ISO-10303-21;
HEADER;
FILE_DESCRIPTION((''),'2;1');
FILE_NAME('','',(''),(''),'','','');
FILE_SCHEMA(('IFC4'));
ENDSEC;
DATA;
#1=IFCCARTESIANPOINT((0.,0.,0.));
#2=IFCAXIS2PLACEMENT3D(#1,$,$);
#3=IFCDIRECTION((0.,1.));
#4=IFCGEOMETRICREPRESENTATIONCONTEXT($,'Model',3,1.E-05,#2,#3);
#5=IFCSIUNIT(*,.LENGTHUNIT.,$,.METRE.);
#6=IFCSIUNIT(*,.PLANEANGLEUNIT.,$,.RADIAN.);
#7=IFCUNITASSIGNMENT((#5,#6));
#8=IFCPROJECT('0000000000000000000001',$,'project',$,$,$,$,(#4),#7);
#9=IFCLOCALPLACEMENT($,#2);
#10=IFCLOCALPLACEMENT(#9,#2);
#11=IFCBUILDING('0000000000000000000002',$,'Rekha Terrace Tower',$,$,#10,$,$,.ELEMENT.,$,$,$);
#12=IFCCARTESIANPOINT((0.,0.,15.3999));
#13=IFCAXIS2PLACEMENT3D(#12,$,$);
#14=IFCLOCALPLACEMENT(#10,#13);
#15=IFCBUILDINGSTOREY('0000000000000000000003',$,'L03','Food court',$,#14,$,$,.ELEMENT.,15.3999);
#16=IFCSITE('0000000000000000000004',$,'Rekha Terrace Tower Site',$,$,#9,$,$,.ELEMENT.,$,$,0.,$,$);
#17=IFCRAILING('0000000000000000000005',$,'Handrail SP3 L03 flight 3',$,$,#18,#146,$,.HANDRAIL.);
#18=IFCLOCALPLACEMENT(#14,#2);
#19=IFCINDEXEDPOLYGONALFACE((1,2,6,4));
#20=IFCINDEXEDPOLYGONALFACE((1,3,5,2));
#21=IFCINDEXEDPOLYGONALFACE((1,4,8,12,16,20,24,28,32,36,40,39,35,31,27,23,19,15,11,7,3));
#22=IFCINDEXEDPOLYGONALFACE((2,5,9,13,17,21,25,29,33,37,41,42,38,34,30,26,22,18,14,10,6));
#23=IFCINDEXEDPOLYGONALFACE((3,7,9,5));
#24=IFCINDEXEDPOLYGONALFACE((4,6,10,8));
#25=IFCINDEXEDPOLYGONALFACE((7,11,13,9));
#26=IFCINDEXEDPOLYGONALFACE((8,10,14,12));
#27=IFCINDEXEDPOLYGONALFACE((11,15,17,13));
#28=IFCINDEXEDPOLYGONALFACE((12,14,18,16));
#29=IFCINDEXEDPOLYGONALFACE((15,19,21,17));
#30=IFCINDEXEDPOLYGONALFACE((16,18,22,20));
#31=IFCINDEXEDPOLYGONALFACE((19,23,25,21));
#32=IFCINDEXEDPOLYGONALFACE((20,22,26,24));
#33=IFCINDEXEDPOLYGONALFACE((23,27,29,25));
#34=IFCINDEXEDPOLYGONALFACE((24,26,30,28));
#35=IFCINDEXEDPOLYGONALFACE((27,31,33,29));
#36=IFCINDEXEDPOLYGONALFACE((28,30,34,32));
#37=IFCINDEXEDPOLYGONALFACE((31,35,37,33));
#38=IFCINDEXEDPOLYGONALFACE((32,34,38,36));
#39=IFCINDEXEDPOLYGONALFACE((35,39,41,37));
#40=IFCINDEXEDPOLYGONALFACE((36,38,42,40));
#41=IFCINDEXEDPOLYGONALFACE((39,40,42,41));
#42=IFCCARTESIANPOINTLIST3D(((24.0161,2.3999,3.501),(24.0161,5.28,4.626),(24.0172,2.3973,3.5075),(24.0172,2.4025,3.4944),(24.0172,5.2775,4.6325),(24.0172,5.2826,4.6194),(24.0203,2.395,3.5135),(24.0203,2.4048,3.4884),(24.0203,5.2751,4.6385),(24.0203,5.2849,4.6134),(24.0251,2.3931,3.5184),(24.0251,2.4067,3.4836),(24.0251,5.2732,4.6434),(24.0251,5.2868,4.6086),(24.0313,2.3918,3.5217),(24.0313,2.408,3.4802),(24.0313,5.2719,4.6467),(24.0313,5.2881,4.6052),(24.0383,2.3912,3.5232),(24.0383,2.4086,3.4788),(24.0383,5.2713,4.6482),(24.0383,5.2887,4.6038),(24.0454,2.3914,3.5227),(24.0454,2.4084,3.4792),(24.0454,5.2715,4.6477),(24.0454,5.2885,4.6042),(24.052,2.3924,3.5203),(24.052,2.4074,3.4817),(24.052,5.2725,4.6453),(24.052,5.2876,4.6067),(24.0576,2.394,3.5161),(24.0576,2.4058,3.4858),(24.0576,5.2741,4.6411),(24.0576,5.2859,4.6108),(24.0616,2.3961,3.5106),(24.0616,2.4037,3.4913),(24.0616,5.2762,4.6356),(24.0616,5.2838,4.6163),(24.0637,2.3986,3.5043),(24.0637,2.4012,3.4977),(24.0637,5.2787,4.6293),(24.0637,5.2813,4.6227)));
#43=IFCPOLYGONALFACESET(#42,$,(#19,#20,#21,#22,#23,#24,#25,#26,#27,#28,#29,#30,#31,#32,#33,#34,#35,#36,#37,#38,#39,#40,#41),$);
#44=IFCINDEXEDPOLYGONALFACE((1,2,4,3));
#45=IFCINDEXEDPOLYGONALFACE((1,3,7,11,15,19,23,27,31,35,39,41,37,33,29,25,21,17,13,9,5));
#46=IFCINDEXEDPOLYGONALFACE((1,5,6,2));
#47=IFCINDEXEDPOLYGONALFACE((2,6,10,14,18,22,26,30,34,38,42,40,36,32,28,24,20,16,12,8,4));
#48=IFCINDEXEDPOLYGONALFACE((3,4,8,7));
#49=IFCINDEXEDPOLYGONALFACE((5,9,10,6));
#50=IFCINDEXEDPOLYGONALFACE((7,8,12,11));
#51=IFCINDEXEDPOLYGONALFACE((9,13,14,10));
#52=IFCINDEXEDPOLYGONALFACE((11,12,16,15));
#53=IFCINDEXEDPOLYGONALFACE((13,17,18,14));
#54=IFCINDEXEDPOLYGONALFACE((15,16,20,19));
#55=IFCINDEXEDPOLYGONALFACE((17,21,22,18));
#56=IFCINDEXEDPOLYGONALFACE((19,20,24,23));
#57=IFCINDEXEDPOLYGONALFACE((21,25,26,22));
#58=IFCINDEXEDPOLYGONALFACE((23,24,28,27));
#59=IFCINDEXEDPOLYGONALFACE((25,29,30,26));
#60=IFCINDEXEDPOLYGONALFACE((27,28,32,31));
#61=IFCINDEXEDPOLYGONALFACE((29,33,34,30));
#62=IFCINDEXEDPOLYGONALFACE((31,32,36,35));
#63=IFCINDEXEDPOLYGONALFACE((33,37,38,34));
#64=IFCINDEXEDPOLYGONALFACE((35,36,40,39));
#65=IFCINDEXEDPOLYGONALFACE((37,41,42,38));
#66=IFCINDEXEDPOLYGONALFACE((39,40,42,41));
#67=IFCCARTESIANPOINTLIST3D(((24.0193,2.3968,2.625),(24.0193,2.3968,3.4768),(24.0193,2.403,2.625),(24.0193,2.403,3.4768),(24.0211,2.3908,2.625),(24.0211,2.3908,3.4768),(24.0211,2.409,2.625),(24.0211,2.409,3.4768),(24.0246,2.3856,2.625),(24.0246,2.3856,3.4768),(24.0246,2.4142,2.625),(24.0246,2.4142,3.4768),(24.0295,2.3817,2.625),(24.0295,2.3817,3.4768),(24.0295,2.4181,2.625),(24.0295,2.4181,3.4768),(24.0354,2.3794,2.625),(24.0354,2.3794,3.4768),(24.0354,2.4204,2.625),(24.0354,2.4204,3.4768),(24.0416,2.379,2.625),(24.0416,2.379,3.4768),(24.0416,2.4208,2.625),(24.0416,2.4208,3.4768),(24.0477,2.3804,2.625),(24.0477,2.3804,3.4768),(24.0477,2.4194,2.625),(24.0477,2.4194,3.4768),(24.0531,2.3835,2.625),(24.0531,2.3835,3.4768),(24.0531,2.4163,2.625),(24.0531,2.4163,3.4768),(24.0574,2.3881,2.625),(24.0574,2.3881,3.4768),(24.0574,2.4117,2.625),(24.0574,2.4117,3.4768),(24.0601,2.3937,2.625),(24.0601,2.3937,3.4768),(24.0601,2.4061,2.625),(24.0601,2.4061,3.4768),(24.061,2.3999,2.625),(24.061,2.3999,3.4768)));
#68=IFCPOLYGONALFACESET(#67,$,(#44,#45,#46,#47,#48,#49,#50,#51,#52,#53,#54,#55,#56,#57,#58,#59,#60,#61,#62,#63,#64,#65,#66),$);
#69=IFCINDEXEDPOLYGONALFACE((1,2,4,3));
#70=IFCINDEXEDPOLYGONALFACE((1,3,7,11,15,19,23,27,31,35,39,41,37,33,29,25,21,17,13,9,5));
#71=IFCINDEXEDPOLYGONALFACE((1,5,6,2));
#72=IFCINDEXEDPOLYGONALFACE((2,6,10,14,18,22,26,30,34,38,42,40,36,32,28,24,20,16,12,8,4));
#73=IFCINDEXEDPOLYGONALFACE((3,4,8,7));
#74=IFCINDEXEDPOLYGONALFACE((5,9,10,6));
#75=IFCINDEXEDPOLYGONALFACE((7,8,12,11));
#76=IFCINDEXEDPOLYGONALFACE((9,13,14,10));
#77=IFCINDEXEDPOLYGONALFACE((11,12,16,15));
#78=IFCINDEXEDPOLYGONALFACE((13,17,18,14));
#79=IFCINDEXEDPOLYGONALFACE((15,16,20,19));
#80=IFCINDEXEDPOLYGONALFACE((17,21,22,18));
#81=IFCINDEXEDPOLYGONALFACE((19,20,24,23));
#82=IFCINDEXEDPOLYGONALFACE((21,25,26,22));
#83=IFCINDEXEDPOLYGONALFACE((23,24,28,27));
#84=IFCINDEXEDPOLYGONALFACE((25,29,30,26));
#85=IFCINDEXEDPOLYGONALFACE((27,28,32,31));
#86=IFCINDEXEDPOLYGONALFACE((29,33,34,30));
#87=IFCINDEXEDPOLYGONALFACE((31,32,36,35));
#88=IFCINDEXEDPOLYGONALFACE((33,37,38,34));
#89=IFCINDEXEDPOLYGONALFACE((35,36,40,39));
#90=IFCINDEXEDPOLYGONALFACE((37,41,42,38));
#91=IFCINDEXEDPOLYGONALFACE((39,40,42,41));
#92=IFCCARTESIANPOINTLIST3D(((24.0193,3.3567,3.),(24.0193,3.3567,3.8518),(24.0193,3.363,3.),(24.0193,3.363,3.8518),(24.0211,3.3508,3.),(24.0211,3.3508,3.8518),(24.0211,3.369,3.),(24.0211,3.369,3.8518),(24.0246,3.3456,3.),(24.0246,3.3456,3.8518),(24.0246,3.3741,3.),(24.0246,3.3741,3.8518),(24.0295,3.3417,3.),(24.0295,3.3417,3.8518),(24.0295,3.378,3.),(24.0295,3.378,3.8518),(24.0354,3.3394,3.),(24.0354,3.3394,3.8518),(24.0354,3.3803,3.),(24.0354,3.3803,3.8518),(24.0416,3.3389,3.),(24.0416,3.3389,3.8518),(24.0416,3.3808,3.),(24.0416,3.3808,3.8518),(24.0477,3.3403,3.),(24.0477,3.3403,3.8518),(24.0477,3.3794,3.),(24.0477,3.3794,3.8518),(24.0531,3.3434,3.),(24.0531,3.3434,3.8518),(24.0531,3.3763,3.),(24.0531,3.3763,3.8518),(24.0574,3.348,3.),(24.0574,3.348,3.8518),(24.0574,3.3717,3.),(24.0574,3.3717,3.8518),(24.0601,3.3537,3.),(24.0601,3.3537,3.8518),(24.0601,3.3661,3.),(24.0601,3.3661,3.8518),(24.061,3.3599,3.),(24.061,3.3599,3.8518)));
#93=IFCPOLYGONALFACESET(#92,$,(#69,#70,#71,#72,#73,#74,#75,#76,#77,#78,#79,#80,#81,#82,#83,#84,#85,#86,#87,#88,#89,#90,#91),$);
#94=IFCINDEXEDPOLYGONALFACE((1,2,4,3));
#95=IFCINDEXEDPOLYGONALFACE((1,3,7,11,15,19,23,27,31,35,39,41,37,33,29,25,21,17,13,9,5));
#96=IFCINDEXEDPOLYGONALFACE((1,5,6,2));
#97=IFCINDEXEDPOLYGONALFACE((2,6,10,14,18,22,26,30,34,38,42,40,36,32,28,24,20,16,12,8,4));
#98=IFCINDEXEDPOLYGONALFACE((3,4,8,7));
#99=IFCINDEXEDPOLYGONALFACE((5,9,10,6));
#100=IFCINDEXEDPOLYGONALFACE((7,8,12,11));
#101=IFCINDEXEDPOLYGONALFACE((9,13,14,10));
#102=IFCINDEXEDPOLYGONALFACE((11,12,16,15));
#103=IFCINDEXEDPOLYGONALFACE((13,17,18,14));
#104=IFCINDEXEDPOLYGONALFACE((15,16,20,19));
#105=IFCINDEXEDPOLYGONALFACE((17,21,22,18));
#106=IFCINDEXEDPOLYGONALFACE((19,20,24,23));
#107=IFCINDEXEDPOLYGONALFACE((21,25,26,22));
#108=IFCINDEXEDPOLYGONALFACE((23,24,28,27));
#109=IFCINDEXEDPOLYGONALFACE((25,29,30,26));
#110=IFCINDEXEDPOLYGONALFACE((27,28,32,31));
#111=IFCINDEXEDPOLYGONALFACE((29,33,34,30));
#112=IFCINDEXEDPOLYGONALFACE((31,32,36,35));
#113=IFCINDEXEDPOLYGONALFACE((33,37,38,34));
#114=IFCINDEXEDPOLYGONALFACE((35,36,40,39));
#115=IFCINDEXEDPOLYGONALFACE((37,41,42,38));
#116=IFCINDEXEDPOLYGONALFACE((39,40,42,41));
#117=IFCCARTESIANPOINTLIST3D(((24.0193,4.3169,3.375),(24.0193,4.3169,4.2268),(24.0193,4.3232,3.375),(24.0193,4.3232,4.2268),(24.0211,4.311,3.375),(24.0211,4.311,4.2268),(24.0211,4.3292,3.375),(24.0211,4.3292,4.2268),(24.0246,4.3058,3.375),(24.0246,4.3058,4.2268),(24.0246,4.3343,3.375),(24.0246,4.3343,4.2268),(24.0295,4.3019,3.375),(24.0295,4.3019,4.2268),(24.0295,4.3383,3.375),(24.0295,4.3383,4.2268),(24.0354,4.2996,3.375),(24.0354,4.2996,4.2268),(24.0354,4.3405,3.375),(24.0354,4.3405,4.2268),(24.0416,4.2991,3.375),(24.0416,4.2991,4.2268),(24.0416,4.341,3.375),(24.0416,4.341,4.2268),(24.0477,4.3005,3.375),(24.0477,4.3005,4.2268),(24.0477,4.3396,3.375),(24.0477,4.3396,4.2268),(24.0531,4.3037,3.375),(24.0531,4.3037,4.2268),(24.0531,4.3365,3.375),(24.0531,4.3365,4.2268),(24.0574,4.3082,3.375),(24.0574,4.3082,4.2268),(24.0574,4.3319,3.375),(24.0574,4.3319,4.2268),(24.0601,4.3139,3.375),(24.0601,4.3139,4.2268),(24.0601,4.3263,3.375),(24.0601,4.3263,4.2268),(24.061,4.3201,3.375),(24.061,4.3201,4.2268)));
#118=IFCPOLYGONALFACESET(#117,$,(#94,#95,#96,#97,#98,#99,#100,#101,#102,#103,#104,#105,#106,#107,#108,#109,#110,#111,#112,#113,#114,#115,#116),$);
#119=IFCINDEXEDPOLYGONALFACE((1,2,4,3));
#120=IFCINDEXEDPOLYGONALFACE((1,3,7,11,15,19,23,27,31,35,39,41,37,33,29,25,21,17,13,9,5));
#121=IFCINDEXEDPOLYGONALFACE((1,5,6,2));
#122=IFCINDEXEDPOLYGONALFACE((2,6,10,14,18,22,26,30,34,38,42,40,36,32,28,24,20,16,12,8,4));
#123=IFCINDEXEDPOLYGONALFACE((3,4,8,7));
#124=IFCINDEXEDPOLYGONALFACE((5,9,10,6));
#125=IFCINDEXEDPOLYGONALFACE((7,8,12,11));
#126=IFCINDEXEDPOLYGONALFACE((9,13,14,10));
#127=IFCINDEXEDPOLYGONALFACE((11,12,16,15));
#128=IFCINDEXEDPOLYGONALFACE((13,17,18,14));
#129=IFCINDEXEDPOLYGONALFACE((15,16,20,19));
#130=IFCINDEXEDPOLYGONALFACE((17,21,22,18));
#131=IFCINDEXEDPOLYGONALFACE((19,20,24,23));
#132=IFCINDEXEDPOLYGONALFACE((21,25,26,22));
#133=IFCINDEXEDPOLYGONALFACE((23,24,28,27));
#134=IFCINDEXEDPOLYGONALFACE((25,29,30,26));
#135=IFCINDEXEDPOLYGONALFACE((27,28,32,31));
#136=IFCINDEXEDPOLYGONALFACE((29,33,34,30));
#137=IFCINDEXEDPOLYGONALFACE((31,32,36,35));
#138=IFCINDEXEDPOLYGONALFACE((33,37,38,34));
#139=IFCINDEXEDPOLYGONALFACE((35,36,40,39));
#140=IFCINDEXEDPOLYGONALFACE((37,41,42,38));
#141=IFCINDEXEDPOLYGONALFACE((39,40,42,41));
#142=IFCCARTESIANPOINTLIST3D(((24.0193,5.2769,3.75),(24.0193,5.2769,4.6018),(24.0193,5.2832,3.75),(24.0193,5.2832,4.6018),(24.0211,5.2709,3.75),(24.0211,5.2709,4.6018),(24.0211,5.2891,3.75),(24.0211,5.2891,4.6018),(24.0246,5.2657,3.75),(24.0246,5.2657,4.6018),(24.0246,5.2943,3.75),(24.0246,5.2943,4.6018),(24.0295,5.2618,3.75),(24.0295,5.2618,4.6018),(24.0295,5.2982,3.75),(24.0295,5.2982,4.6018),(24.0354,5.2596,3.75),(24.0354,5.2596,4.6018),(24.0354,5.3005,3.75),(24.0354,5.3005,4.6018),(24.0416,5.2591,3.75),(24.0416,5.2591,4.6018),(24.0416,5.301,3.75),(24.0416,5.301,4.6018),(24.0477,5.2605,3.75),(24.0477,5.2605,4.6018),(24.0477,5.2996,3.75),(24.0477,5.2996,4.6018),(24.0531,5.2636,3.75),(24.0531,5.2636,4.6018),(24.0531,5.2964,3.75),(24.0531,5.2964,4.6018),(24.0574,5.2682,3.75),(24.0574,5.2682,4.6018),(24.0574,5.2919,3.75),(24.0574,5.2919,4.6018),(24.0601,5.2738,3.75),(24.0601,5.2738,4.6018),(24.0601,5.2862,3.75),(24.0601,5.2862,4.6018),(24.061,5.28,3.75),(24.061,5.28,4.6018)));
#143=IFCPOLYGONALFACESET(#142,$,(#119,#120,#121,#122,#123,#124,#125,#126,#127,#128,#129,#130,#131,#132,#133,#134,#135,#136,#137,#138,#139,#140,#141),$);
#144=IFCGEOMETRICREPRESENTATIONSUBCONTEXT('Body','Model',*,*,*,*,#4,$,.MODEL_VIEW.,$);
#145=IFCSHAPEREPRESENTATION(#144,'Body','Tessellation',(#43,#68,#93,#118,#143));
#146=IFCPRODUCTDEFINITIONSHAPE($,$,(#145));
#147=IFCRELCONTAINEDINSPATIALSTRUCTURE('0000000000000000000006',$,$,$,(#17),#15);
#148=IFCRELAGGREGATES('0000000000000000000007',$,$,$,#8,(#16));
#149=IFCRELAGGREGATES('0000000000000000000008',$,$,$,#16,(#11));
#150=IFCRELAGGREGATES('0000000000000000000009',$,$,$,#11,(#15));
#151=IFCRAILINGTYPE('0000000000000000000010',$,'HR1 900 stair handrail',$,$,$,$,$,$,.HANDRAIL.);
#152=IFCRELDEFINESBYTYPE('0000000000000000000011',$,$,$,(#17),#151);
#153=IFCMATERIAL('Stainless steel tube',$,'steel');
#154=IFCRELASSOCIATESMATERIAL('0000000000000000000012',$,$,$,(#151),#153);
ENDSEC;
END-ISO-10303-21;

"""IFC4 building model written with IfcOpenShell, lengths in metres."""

from ifc_helpers import new_model, si_unit, direction, frame, origin, origin_2d, place, context, subcontext, project, spatial, circle, extrude, material, type_object, element, save


model = new_model("IFC4")

# Units and contexts
model_context = context("Model", 3, precision=1e-05, world=origin(), true_north=direction((0.0, 1.0)))
body_context = subcontext(model_context, "Body", "Model", "MODEL_VIEW")
ifc_project = project(units=[si_unit("LENGTHUNIT", "METRE"), si_unit("PLANEANGLEUNIT", "RADIAN")], contexts=[model_context])

# Site, building, storey
site_placement = place(None, origin())
site = spatial("IfcSite", under=ifc_project, at=site_placement, Name="Rekha Terrace Tower Site", CompositionType="ELEMENT", RefElevation=0.0)
building_placement = place(site_placement, origin())
building = spatial("IfcBuilding", under=site, at=building_placement, Name="Rekha Terrace Tower", CompositionType="ELEMENT")
storey_placement = place(building_placement, frame((0.0, 0.0, 15.3999)))
storey = spatial("IfcBuildingStorey", under=building, at=storey_placement, Name="L03", Description="Food court", CompositionType="ELEMENT", Elevation=15.3999)

# Railing
ifc_material_1 = material(Name="Stainless steel tube", Category="steel")
railing_type_1 = type_object("IfcRailingType", Name="HR1 900 stair handrail", PredefinedType="HANDRAIL", material=ifc_material_1)
railing_1_placement = place(storey_placement, frame((24.04, 2.3999, 2.625)))
element("IfcRailing", 1, at=railing_1_placement, inside=storey, type_object=railing_type_1, Name="Handrail SP3 L03 flight 3", PredefinedType="HANDRAIL", context=body_context, shape_type="SweptSolid", body=[
    extrude(circle(Radius=0.0239, at=origin_2d()), frame((0.0, 0.0, 0.876), z_axis=(0.0, 0.931463, 0.363837), x_axis=(-1.0, 0.0, 0.0)), (0.0, 0.0, 1.0), 3.092),
    extrude(circle(Radius=0.021, at=origin_2d()), origin(), (0.0, 0.0, 1.0), 0.8518),
    extrude(circle(Radius=0.021, at=origin_2d()), frame((0.0, 0.96, 0.375)), (0.0, 0.0, 1.0), 0.8518),
    extrude(circle(Radius=0.021, at=origin_2d()), frame((0.0, 1.9202, 0.75)), (0.0, 0.0, 1.0), 0.8518),
    extrude(circle(Radius=0.021, at=origin_2d()), frame((0.0, 2.8801, 1.125)), (0.0, 0.0, 1.0), 0.8518),
])

save(model, "model.ifc")
